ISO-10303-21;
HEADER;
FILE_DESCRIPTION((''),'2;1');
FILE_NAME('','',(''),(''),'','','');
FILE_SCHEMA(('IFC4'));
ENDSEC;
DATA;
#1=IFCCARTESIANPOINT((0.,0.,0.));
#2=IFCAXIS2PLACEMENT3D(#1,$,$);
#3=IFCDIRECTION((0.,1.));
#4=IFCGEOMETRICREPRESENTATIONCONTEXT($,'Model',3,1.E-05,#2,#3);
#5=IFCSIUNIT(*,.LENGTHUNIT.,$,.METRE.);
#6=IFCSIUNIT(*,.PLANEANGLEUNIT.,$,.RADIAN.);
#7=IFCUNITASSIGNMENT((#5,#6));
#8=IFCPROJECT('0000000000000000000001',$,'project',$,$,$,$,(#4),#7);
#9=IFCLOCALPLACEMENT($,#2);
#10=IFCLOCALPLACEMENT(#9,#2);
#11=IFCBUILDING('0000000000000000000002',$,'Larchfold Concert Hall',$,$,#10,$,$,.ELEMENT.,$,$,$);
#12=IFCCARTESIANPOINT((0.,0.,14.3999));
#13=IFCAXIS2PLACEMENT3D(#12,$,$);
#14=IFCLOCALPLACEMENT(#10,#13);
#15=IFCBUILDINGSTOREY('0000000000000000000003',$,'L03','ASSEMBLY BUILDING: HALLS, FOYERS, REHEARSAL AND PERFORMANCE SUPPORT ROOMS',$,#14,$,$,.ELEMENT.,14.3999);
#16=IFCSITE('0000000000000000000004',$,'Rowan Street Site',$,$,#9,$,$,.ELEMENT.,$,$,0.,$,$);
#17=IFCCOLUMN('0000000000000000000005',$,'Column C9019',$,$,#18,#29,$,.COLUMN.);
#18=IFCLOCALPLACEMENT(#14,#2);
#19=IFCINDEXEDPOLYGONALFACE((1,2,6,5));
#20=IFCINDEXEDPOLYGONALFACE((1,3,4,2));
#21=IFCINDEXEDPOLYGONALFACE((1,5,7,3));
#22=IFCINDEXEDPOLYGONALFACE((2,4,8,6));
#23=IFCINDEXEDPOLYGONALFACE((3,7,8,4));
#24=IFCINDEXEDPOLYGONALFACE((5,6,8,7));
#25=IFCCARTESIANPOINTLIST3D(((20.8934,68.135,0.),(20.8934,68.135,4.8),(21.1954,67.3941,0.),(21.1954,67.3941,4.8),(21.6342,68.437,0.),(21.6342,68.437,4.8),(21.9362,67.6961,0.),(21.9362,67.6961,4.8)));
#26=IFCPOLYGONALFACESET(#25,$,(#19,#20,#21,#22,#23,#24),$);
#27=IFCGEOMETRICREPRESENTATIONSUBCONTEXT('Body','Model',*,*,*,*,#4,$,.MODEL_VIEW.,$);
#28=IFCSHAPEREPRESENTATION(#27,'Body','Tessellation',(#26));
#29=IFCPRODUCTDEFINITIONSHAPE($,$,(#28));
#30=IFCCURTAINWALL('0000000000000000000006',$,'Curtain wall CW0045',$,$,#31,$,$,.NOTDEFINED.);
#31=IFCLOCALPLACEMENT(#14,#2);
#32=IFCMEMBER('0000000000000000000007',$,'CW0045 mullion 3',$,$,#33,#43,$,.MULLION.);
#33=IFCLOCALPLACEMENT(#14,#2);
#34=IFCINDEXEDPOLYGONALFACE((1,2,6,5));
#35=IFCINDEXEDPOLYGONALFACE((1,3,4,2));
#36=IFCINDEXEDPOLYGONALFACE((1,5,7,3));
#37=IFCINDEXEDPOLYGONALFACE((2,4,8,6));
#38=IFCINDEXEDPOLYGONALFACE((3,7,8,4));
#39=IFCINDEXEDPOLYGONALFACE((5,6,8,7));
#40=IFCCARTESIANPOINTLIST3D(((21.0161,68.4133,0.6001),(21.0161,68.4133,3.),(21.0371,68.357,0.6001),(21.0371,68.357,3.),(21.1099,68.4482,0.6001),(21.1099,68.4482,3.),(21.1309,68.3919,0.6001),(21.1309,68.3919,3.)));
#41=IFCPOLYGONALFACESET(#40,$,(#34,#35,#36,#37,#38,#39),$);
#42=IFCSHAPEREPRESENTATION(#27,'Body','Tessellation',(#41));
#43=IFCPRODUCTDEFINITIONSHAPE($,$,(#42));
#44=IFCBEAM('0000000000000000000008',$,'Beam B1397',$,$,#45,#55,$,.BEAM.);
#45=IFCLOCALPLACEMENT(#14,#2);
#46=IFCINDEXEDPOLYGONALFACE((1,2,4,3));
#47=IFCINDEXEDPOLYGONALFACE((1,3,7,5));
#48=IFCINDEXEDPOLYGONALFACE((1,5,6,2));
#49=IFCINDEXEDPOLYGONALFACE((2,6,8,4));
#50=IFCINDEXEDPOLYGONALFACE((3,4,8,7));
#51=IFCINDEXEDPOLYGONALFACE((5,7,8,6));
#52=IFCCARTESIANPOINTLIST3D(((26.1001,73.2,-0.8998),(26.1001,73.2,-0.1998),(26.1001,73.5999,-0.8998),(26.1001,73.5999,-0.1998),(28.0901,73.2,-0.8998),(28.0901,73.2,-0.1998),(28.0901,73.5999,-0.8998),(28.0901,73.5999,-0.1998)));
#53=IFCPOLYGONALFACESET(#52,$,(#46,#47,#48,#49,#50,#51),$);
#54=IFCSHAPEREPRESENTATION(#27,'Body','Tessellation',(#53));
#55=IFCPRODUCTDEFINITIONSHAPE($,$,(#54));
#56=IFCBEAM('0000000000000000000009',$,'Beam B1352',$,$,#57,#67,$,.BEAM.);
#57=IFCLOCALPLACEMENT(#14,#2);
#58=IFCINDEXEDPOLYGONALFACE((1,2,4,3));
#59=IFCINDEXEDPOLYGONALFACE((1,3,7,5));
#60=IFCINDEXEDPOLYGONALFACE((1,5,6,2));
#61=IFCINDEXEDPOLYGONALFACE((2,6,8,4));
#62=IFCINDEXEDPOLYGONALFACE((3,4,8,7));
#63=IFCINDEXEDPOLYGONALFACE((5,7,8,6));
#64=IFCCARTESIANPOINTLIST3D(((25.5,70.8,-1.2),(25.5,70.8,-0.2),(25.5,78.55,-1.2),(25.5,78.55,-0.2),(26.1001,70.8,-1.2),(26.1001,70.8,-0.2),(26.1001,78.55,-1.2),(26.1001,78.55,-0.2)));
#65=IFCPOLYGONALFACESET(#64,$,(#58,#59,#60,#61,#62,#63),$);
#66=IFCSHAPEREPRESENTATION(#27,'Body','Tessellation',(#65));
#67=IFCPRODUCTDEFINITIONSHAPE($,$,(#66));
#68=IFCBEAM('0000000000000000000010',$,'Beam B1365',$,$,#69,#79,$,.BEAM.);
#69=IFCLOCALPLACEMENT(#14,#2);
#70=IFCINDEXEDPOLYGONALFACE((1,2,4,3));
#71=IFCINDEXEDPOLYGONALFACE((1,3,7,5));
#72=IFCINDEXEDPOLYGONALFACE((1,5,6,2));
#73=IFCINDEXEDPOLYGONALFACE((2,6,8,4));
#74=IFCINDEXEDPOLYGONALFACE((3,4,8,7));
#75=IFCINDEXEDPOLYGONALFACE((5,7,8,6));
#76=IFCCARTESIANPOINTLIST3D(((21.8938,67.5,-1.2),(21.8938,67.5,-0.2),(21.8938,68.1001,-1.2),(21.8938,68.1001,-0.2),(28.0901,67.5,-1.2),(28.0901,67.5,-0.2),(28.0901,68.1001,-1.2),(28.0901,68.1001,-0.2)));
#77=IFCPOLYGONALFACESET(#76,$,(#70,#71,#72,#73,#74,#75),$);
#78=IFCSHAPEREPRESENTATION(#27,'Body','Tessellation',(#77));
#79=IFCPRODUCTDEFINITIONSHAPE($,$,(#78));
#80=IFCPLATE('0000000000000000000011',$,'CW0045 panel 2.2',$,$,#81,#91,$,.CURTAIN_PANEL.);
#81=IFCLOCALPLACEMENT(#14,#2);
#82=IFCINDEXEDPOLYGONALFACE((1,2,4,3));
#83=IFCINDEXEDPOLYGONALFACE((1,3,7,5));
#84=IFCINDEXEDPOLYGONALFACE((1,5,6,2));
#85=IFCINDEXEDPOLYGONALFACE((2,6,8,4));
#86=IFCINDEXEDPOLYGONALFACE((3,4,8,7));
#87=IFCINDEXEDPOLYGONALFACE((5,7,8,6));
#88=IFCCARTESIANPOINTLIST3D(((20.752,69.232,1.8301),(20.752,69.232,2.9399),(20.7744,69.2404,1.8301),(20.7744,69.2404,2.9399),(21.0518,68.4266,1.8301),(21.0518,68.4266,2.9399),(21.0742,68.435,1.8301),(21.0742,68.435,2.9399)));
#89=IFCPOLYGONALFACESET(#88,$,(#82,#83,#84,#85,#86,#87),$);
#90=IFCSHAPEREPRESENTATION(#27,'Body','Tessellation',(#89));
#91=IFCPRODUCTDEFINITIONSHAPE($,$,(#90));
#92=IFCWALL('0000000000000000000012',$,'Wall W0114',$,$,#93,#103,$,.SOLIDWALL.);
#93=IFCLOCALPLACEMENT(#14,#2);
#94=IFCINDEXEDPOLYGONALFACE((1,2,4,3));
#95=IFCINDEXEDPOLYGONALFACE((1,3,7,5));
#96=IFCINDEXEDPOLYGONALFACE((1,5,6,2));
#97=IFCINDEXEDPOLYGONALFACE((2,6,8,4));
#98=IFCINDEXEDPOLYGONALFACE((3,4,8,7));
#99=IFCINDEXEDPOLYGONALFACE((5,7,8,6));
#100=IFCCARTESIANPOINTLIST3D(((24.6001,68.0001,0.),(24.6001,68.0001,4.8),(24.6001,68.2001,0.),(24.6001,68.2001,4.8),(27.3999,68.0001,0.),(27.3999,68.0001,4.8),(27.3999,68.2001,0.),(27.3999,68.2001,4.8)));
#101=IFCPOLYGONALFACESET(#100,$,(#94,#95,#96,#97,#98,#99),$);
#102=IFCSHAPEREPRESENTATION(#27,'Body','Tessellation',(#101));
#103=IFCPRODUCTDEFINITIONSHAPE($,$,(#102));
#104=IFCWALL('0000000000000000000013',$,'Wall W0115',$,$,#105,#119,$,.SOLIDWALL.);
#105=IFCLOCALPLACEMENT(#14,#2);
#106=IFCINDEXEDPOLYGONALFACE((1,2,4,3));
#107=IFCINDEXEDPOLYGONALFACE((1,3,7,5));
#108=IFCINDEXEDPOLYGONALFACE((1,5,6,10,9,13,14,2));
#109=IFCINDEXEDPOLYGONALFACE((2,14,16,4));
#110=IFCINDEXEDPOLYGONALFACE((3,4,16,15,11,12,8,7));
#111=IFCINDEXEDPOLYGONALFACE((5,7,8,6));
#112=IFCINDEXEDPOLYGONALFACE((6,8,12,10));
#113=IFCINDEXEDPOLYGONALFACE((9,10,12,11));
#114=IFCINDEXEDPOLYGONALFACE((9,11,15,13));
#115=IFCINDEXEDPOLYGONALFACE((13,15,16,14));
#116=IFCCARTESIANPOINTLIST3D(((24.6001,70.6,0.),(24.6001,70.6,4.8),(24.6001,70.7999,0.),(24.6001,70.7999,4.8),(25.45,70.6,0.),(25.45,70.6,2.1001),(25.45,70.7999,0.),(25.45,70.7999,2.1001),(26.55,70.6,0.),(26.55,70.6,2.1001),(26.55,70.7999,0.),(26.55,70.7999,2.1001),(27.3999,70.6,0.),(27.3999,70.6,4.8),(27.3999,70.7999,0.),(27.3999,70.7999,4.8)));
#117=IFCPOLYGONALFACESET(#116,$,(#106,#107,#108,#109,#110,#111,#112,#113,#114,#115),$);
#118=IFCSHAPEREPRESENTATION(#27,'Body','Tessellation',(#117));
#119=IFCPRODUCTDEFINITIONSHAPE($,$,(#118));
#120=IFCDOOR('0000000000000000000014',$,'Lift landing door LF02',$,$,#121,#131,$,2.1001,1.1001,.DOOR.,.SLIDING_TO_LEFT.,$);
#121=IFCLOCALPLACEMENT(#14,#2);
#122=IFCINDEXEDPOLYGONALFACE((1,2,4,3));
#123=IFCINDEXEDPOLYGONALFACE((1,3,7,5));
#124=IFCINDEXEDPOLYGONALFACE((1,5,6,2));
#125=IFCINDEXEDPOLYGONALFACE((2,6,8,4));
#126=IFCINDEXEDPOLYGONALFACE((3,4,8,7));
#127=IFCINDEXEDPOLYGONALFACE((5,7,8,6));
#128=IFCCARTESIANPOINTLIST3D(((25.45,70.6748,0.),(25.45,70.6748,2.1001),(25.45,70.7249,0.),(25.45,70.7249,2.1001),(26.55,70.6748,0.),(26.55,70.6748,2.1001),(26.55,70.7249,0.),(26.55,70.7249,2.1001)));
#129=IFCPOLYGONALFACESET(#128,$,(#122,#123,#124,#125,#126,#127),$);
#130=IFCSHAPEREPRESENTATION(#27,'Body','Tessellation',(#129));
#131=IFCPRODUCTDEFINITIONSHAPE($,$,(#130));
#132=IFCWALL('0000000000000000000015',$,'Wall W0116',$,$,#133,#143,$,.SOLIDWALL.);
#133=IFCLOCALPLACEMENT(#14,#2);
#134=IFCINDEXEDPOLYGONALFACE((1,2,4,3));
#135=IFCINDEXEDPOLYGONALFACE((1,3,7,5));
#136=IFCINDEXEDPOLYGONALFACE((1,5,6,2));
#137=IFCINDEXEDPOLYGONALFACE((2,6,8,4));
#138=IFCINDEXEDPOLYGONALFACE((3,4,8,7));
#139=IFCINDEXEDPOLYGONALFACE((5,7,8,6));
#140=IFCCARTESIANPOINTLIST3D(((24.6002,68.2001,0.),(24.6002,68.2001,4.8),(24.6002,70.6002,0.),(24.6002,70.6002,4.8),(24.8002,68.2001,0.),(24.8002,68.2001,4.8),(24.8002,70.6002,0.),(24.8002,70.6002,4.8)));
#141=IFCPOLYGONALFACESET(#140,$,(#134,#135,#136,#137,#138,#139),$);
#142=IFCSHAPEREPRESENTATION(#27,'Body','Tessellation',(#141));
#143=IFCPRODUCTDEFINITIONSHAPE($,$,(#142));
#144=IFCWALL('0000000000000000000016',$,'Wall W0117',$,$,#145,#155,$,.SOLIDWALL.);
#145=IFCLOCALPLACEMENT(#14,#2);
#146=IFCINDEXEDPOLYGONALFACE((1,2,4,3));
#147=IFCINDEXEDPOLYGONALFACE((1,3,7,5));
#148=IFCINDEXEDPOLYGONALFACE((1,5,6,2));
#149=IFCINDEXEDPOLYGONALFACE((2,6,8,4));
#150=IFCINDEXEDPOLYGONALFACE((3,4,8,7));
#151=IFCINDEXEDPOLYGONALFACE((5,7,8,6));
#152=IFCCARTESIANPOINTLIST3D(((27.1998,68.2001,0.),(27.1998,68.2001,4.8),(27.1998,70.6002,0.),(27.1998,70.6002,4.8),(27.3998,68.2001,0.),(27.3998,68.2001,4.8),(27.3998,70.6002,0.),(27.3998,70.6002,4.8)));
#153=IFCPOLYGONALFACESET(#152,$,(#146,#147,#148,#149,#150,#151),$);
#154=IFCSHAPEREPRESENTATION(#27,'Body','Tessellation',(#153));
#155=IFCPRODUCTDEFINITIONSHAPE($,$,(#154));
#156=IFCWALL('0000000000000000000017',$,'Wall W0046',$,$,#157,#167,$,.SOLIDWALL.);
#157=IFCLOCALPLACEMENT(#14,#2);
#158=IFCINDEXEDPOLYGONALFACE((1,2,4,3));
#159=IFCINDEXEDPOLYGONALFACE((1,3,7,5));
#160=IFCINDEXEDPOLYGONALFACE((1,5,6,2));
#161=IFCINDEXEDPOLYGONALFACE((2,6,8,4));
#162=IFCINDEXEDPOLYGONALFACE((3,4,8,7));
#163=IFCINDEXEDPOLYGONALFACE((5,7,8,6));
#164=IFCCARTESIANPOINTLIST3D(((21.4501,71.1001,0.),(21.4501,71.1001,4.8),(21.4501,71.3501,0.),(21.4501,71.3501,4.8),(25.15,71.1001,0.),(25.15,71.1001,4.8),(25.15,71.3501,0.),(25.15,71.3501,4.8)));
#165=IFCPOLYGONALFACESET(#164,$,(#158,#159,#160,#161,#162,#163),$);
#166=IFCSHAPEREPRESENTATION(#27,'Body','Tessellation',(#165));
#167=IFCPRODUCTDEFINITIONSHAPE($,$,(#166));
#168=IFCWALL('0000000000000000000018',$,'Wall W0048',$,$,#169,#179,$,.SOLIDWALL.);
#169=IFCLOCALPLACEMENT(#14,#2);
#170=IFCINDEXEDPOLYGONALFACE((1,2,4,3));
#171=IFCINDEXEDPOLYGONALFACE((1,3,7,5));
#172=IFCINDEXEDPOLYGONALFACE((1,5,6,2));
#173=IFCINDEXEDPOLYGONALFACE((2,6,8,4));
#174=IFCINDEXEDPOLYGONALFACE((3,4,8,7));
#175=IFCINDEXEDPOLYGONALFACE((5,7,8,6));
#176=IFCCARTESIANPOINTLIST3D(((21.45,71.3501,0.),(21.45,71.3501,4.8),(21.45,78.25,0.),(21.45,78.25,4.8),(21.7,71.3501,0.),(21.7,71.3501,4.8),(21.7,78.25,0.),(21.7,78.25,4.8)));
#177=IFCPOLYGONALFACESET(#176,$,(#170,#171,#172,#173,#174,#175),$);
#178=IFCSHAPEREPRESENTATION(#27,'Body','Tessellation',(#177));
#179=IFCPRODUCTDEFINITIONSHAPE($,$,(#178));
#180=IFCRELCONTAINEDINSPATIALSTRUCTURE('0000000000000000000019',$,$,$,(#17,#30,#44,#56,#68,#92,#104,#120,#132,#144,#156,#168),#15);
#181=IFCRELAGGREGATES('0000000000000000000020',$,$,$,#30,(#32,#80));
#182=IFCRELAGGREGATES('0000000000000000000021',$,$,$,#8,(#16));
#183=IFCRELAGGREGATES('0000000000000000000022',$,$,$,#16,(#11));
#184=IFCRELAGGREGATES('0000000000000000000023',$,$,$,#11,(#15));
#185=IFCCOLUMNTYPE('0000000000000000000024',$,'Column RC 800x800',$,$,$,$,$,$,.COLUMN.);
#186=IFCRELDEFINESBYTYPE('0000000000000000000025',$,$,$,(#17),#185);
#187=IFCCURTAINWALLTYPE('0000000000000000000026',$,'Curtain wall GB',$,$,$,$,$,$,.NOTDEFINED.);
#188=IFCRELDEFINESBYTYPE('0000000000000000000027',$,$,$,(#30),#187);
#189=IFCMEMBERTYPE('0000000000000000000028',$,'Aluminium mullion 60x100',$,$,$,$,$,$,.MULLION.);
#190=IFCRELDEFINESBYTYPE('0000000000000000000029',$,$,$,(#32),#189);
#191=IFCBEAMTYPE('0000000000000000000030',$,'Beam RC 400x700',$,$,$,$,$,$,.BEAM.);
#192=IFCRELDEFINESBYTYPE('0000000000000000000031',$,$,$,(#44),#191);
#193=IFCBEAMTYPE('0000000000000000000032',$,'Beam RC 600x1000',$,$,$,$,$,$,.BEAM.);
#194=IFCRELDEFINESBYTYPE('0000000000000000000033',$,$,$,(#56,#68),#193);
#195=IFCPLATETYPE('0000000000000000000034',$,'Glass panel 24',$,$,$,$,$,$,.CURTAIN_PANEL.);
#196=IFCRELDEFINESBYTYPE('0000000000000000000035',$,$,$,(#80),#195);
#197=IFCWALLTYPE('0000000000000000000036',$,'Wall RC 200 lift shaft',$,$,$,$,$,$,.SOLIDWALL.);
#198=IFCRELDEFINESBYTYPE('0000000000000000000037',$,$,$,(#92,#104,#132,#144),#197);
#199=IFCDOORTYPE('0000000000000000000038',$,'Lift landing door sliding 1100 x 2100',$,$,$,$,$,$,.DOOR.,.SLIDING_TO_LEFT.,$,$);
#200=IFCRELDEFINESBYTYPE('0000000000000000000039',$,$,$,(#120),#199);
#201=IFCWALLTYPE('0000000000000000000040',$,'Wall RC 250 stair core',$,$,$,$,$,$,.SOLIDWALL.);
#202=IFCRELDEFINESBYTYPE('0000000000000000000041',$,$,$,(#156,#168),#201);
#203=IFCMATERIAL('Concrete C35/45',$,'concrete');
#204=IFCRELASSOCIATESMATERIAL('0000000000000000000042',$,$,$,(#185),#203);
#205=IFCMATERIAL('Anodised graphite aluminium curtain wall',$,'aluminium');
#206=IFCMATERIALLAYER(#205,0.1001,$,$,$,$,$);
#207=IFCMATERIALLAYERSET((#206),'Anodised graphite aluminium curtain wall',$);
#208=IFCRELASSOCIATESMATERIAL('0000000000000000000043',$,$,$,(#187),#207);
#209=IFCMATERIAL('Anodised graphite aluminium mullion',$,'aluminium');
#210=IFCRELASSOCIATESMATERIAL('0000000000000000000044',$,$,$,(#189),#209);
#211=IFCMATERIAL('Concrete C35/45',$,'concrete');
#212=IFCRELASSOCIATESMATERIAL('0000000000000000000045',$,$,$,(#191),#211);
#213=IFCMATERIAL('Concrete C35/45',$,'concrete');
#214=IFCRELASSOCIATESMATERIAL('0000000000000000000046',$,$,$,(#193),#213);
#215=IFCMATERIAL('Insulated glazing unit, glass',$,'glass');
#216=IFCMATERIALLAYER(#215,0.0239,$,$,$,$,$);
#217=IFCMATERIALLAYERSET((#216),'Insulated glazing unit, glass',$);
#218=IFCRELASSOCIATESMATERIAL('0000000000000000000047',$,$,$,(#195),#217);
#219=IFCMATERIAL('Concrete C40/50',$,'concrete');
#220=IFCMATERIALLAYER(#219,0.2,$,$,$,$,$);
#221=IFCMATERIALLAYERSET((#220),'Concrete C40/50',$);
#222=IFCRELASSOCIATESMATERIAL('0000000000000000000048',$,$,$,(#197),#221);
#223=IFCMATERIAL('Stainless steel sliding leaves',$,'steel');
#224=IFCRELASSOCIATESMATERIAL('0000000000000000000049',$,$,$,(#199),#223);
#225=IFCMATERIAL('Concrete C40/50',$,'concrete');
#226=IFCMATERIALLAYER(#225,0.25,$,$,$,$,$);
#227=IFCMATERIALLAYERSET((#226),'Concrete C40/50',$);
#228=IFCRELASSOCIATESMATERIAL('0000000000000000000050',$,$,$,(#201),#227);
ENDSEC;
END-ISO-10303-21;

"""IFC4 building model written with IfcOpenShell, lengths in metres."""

from ifc_helpers import new_model, si_unit, direction, frame, frame_2d, origin, origin_2d, place, context, subcontext, project, spatial, rectangle, extrude, material, layer, layer_set, material_profile, profile_set, type_object, element, fill, aggregate, save


model = new_model("IFC4")

# Units and contexts
model_context = context("Model", 3, precision=1e-05, world=origin(), true_north=direction((0.0, 1.0)))
body_context = subcontext(model_context, "Body", "Model", "MODEL_VIEW")
ifc_project = project(units=[si_unit("LENGTHUNIT", "METRE"), si_unit("PLANEANGLEUNIT", "RADIAN")], contexts=[model_context])

# Site, building, storey
site_placement = place(None, origin())
site = spatial("IfcSite", under=ifc_project, at=site_placement, Name="Rowan Street Site", CompositionType="ELEMENT", RefElevation=0.0)
building_placement = place(site_placement, origin())
building = spatial("IfcBuilding", under=site, at=building_placement, Name="Larchfold Concert Hall", CompositionType="ELEMENT")
storey_placement = place(building_placement, frame((0.0, 0.0, 14.3999)))
storey = spatial("IfcBuildingStorey", under=building, at=storey_placement, Name="L03", Description="ASSEMBLY BUILDING: HALLS, FOYERS, REHEARSAL AND PERFORMANCE SUPPORT ROOMS", CompositionType="ELEMENT", Elevation=14.3999)

# Column
ifc_material_1 = material(Name="Concrete C35/45", Category="concrete")
ifc_material_profile_1 = material_profile(ifc_material_1, rectangle(XDim=0.8, YDim=0.8, at=origin_2d()))
ifc_profile_set_1 = profile_set([ifc_material_profile_1], Name="Concrete C35/45")
column_type = type_object("IfcColumnType", Name="Column RC 800x800", PredefinedType="COLUMN", material=ifc_profile_set_1)
column_placement = place(storey_placement, frame((21.4148, 67.9155, 0.0), z_axis=(0.0, 0.0, 1.0), x_axis=(0.926014, 0.37749, 0.0)))
element("IfcColumn", 1, at=column_placement, inside=storey, type_object=column_type, Name="Column C9019", PredefinedType="COLUMN", context=body_context, shape_type="SweptSolid", body=[
    extrude(rectangle(XDim=0.8, YDim=0.8, at=origin_2d()), origin(), (0.0, 0.0, 1.0), 4.8),
])

# Curtain wall, member
ifc_material_2 = material(Name="Anodised graphite aluminium curtain wall", Category="aluminium")
ifc_layer_1 = layer(ifc_material_2, 0.1001)
ifc_layer_set_1 = layer_set([ifc_layer_1], Name="Anodised graphite aluminium curtain wall")
curtain_wall_type = type_object("IfcCurtainWallType", Name="Curtain wall GB", PredefinedType="NOTDEFINED", material=ifc_layer_set_1)
curtain_wall_placement = place(storey_placement, origin())
curtain_wall = element("IfcCurtainWall", 2, at=curtain_wall_placement, inside=storey, type_object=curtain_wall_type, Name="Curtain wall CW0045", PredefinedType="NOTDEFINED")
ifc_material_3 = material(Name="Anodised graphite aluminium mullion", Category="aluminium")
ifc_material_profile_2 = material_profile(ifc_material_3, rectangle(XDim=0.1001, YDim=0.0601, at=origin_2d()))
ifc_profile_set_2 = profile_set([ifc_material_profile_2], Name="Anodised graphite aluminium mullion")
member_type = type_object("IfcMemberType", Name="Aluminium mullion 60x100", PredefinedType="MULLION", material=ifc_profile_set_2)
member_placement = place(storey_placement, frame((21.0735, 68.4026, 0.6001), z_axis=(0.0, 0.0, 1.0), x_axis=(0.937188, 0.348826, 0.0)))
member = element("IfcMember", 3, at=member_placement, type_object=member_type, Name="CW0045 mullion 3", PredefinedType="MULLION", context=body_context, shape_type="SweptSolid", body=[
    extrude(rectangle(XDim=0.1001, YDim=0.0601, at=origin_2d()), origin(), (0.0, 0.0, 1.0), 2.3999),
])

# Beams
ifc_material_4 = material(Name="Concrete C35/45", Category="concrete")
ifc_material_profile_3 = material_profile(ifc_material_4, rectangle(XDim=0.3999, YDim=0.7, at=origin_2d()))
ifc_profile_set_3 = profile_set([ifc_material_profile_3], Name="Concrete C35/45")
beam_type_1 = type_object("IfcBeamType", Name="Beam RC 400x700", PredefinedType="BEAM", material=ifc_profile_set_3)
beam_1_placement = place(storey_placement, frame((26.1001, 73.3999, -0.5498), z_axis=(1.0, 0.0, 0.0), x_axis=(0.0, 1.0, 0.0)))
element("IfcBeam", 4, at=beam_1_placement, inside=storey, type_object=beam_type_1, Name="Beam B1397", PredefinedType="BEAM", context=body_context, shape_type="SweptSolid", body=[
    extrude(rectangle(XDim=0.3999, YDim=0.7, at=origin_2d()), origin(), (0.0, 0.0, 1.0), 1.99),
])
ifc_material_5 = material(Name="Concrete C35/45", Category="concrete")
ifc_material_profile_4 = material_profile(ifc_material_5, rectangle(XDim=0.6001, YDim=1.0, at=origin_2d()))
ifc_profile_set_4 = profile_set([ifc_material_profile_4], Name="Concrete C35/45")
beam_type_2 = type_object("IfcBeamType", Name="Beam RC 600x1000", PredefinedType="BEAM", material=ifc_profile_set_4)
beam_2_placement = place(storey_placement, frame((25.8, 70.8, -0.7), z_axis=(0.0, 1.0, 0.0), x_axis=(-1.0, 0.0, 0.0)))
element("IfcBeam", 5, at=beam_2_placement, inside=storey, type_object=beam_type_2, Name="Beam B1352", PredefinedType="BEAM", context=body_context, shape_type="SweptSolid", body=[
    extrude(rectangle(XDim=0.6001, YDim=1.0, at=origin_2d()), origin(), (0.0, 0.0, 1.0), 7.75),
])
beam_3_placement = place(storey_placement, frame((21.8938, 67.8, -0.7), z_axis=(1.0, 0.0, 0.0), x_axis=(0.0, 1.0, 0.0)))
element("IfcBeam", 6, at=beam_3_placement, inside=storey, type_object=beam_type_2, Name="Beam B1365", PredefinedType="BEAM", context=body_context, shape_type="SweptSolid", body=[
    extrude(rectangle(XDim=0.6001, YDim=1.0, at=origin_2d()), origin(), (0.0, 0.0, 1.0), 6.1963),
])

# Plate
ifc_material_6 = material(Name="Insulated glazing unit, glass", Category="glass")
ifc_layer_2 = layer(ifc_material_6, 0.0239)
ifc_layer_set_2 = layer_set([ifc_layer_2], Name="Insulated glazing unit, glass")
plate_type = type_object("IfcPlateType", Name="Glass panel 24", PredefinedType="CURTAIN_PANEL", material=ifc_layer_set_2)
plate_placement = place(storey_placement, frame((20.9131, 68.8335, 1.8301), z_axis=(0.0, 0.0, 1.0), x_axis=(0.348826, -0.937188, 0.0)))
plate = element("IfcPlate", 7, at=plate_placement, type_object=plate_type, Name="CW0045 panel 2.2", PredefinedType="CURTAIN_PANEL", context=body_context, shape_type="SweptSolid", body=[
    extrude(rectangle(XDim=0.8594, YDim=0.0239, at=origin_2d()), origin(), (0.0, 0.0, 1.0), 1.1099),
])
aggregate(curtain_wall, [member, plate])

# Wall
ifc_material_7 = material(Name="Concrete C40/50", Category="concrete")
ifc_layer_3 = layer(ifc_material_7, 0.2)
ifc_layer_set_3 = layer_set([ifc_layer_3], Name="Concrete C40/50")
wall_type_1 = type_object("IfcWallType", Name="Wall RC 200 lift shaft", PredefinedType="SOLIDWALL", material=ifc_layer_set_3)
wall_1_placement = place(storey_placement, frame((24.6001, 68.1001, 0.0), z_axis=(0.0, 0.0, 1.0), x_axis=(1.0, 0.0, 0.0)))
element("IfcWall", 8, at=wall_1_placement, inside=storey, type_object=wall_type_1, Name="Wall W0114", PredefinedType="SOLIDWALL", context=body_context, shape_type="SweptSolid", body=[
    extrude(rectangle(XDim=2.7998, YDim=0.2, at=frame_2d((1.3999, 0.0))), origin(), (0.0, 0.0, 1.0), 4.8),
])

# Wall, opening, door
wall_2_placement = place(storey_placement, frame((24.6001, 70.7, 0.0), z_axis=(0.0, 0.0, 1.0), x_axis=(1.0, 0.0, 0.0)))
wall_2 = element("IfcWall", 9, at=wall_2_placement, inside=storey, type_object=wall_type_1, Name="Wall W0115", PredefinedType="SOLIDWALL", context=body_context, shape_type="SweptSolid", body=[
    extrude(rectangle(XDim=2.7998, YDim=0.2, at=frame_2d((1.3999, 0.0))), origin(), (0.0, 0.0, 1.0), 4.8),
])
opening_1_placement = place(wall_2_placement, frame((0.8499, 0.0, 0.0)))
opening_1 = element("IfcOpeningElement", 10, at=opening_1_placement, cuts=wall_2, PredefinedType="OPENING", context=body_context, shape_type="SweptSolid", body=[
    extrude(rectangle(XDim=1.1001, YDim=2.1001, at=frame_2d((0.55, 1.05))), frame((0.0, 0.1099, 0.0), z_axis=(0.0, -1.0, 0.0), x_axis=(1.0, 0.0, 0.0)), (0.0, 0.0, 1.0), 0.22),
])
ifc_material_8 = material(Name="Stainless steel sliding leaves", Category="steel")
door_type_1 = type_object("IfcDoorType", Name="Lift landing door sliding 1100 x 2100", OperationType="SLIDING_TO_LEFT", PredefinedType="DOOR", material=ifc_material_8)
door_1_placement = place(opening_1_placement, origin())
door_1 = element("IfcDoor", 11, at=door_1_placement, inside=storey, type_object=door_type_1, Name="Lift landing door LF02", OperationType="SLIDING_TO_LEFT", OverallHeight=2.1001, OverallWidth=1.1001, PredefinedType="DOOR", context=body_context, shape_type="SweptSolid", body=[
    extrude(rectangle(XDim=1.1001, YDim=2.1001, at=frame_2d((0.55, 1.05))), frame((0.0, 0.0249, 0.0), z_axis=(0.0, -1.0, 0.0), x_axis=(1.0, 0.0, 0.0)), (0.0, 0.0, 1.0), 0.05),
])
fill(opening_1, door_1)

# Walls
for number, where, z_axis, x_axis, name in (
    (12, (24.7002, 68.2, 0.0), (0.0, 0.0, 1.0), (0.0, 1.0, 0.0), "Wall W0116"),
    (13, (27.2998, 68.2, 0.0), (0.0, 0.0, 1.0), (0.0, 1.0, 0.0), "Wall W0117"),
):
    element("IfcWall", number, at=place(storey_placement, frame(where, z_axis=z_axis, x_axis=x_axis)), inside=storey, type_object=wall_type_1, Name=name, PredefinedType="SOLIDWALL", context=body_context, shape_type="SweptSolid", body=[
        extrude(rectangle(XDim=2.4001, YDim=0.2, at=frame_2d((1.2002, 0.0))), origin(), (0.0, 0.0, 1.0), 4.8),
    ])
ifc_material_9 = material(Name="Concrete C40/50", Category="concrete")
ifc_layer_4 = layer(ifc_material_9, 0.25)
ifc_layer_set_4 = layer_set([ifc_layer_4], Name="Concrete C40/50")
wall_type_2 = type_object("IfcWallType", Name="Wall RC 250 stair core", PredefinedType="SOLIDWALL", material=ifc_layer_set_4)
wall_3_placement = place(storey_placement, frame((21.45, 71.2251, 0.0), z_axis=(0.0, 0.0, 1.0), x_axis=(1.0, 0.0, 0.0)))
element("IfcWall", 14, at=wall_3_placement, inside=storey, type_object=wall_type_2, Name="Wall W0046", PredefinedType="SOLIDWALL", context=body_context, shape_type="SweptSolid", body=[
    extrude(rectangle(XDim=3.7, YDim=0.25, at=frame_2d((1.8501, 0.0))), origin(), (0.0, 0.0, 1.0), 4.8),
])
wall_4_placement = place(storey_placement, frame((21.575, 71.3501, 0.0), z_axis=(0.0, 0.0, 1.0), x_axis=(0.0, 1.0, 0.0)))
element("IfcWall", 15, at=wall_4_placement, inside=storey, type_object=wall_type_2, Name="Wall W0048", PredefinedType="SOLIDWALL", context=body_context, shape_type="SweptSolid", body=[
    extrude(rectangle(XDim=6.8999, YDim=0.25, at=frame_2d((3.45, 0.0))), origin(), (0.0, 0.0, 1.0), 4.8),
])

save(model, "model.ifc")
